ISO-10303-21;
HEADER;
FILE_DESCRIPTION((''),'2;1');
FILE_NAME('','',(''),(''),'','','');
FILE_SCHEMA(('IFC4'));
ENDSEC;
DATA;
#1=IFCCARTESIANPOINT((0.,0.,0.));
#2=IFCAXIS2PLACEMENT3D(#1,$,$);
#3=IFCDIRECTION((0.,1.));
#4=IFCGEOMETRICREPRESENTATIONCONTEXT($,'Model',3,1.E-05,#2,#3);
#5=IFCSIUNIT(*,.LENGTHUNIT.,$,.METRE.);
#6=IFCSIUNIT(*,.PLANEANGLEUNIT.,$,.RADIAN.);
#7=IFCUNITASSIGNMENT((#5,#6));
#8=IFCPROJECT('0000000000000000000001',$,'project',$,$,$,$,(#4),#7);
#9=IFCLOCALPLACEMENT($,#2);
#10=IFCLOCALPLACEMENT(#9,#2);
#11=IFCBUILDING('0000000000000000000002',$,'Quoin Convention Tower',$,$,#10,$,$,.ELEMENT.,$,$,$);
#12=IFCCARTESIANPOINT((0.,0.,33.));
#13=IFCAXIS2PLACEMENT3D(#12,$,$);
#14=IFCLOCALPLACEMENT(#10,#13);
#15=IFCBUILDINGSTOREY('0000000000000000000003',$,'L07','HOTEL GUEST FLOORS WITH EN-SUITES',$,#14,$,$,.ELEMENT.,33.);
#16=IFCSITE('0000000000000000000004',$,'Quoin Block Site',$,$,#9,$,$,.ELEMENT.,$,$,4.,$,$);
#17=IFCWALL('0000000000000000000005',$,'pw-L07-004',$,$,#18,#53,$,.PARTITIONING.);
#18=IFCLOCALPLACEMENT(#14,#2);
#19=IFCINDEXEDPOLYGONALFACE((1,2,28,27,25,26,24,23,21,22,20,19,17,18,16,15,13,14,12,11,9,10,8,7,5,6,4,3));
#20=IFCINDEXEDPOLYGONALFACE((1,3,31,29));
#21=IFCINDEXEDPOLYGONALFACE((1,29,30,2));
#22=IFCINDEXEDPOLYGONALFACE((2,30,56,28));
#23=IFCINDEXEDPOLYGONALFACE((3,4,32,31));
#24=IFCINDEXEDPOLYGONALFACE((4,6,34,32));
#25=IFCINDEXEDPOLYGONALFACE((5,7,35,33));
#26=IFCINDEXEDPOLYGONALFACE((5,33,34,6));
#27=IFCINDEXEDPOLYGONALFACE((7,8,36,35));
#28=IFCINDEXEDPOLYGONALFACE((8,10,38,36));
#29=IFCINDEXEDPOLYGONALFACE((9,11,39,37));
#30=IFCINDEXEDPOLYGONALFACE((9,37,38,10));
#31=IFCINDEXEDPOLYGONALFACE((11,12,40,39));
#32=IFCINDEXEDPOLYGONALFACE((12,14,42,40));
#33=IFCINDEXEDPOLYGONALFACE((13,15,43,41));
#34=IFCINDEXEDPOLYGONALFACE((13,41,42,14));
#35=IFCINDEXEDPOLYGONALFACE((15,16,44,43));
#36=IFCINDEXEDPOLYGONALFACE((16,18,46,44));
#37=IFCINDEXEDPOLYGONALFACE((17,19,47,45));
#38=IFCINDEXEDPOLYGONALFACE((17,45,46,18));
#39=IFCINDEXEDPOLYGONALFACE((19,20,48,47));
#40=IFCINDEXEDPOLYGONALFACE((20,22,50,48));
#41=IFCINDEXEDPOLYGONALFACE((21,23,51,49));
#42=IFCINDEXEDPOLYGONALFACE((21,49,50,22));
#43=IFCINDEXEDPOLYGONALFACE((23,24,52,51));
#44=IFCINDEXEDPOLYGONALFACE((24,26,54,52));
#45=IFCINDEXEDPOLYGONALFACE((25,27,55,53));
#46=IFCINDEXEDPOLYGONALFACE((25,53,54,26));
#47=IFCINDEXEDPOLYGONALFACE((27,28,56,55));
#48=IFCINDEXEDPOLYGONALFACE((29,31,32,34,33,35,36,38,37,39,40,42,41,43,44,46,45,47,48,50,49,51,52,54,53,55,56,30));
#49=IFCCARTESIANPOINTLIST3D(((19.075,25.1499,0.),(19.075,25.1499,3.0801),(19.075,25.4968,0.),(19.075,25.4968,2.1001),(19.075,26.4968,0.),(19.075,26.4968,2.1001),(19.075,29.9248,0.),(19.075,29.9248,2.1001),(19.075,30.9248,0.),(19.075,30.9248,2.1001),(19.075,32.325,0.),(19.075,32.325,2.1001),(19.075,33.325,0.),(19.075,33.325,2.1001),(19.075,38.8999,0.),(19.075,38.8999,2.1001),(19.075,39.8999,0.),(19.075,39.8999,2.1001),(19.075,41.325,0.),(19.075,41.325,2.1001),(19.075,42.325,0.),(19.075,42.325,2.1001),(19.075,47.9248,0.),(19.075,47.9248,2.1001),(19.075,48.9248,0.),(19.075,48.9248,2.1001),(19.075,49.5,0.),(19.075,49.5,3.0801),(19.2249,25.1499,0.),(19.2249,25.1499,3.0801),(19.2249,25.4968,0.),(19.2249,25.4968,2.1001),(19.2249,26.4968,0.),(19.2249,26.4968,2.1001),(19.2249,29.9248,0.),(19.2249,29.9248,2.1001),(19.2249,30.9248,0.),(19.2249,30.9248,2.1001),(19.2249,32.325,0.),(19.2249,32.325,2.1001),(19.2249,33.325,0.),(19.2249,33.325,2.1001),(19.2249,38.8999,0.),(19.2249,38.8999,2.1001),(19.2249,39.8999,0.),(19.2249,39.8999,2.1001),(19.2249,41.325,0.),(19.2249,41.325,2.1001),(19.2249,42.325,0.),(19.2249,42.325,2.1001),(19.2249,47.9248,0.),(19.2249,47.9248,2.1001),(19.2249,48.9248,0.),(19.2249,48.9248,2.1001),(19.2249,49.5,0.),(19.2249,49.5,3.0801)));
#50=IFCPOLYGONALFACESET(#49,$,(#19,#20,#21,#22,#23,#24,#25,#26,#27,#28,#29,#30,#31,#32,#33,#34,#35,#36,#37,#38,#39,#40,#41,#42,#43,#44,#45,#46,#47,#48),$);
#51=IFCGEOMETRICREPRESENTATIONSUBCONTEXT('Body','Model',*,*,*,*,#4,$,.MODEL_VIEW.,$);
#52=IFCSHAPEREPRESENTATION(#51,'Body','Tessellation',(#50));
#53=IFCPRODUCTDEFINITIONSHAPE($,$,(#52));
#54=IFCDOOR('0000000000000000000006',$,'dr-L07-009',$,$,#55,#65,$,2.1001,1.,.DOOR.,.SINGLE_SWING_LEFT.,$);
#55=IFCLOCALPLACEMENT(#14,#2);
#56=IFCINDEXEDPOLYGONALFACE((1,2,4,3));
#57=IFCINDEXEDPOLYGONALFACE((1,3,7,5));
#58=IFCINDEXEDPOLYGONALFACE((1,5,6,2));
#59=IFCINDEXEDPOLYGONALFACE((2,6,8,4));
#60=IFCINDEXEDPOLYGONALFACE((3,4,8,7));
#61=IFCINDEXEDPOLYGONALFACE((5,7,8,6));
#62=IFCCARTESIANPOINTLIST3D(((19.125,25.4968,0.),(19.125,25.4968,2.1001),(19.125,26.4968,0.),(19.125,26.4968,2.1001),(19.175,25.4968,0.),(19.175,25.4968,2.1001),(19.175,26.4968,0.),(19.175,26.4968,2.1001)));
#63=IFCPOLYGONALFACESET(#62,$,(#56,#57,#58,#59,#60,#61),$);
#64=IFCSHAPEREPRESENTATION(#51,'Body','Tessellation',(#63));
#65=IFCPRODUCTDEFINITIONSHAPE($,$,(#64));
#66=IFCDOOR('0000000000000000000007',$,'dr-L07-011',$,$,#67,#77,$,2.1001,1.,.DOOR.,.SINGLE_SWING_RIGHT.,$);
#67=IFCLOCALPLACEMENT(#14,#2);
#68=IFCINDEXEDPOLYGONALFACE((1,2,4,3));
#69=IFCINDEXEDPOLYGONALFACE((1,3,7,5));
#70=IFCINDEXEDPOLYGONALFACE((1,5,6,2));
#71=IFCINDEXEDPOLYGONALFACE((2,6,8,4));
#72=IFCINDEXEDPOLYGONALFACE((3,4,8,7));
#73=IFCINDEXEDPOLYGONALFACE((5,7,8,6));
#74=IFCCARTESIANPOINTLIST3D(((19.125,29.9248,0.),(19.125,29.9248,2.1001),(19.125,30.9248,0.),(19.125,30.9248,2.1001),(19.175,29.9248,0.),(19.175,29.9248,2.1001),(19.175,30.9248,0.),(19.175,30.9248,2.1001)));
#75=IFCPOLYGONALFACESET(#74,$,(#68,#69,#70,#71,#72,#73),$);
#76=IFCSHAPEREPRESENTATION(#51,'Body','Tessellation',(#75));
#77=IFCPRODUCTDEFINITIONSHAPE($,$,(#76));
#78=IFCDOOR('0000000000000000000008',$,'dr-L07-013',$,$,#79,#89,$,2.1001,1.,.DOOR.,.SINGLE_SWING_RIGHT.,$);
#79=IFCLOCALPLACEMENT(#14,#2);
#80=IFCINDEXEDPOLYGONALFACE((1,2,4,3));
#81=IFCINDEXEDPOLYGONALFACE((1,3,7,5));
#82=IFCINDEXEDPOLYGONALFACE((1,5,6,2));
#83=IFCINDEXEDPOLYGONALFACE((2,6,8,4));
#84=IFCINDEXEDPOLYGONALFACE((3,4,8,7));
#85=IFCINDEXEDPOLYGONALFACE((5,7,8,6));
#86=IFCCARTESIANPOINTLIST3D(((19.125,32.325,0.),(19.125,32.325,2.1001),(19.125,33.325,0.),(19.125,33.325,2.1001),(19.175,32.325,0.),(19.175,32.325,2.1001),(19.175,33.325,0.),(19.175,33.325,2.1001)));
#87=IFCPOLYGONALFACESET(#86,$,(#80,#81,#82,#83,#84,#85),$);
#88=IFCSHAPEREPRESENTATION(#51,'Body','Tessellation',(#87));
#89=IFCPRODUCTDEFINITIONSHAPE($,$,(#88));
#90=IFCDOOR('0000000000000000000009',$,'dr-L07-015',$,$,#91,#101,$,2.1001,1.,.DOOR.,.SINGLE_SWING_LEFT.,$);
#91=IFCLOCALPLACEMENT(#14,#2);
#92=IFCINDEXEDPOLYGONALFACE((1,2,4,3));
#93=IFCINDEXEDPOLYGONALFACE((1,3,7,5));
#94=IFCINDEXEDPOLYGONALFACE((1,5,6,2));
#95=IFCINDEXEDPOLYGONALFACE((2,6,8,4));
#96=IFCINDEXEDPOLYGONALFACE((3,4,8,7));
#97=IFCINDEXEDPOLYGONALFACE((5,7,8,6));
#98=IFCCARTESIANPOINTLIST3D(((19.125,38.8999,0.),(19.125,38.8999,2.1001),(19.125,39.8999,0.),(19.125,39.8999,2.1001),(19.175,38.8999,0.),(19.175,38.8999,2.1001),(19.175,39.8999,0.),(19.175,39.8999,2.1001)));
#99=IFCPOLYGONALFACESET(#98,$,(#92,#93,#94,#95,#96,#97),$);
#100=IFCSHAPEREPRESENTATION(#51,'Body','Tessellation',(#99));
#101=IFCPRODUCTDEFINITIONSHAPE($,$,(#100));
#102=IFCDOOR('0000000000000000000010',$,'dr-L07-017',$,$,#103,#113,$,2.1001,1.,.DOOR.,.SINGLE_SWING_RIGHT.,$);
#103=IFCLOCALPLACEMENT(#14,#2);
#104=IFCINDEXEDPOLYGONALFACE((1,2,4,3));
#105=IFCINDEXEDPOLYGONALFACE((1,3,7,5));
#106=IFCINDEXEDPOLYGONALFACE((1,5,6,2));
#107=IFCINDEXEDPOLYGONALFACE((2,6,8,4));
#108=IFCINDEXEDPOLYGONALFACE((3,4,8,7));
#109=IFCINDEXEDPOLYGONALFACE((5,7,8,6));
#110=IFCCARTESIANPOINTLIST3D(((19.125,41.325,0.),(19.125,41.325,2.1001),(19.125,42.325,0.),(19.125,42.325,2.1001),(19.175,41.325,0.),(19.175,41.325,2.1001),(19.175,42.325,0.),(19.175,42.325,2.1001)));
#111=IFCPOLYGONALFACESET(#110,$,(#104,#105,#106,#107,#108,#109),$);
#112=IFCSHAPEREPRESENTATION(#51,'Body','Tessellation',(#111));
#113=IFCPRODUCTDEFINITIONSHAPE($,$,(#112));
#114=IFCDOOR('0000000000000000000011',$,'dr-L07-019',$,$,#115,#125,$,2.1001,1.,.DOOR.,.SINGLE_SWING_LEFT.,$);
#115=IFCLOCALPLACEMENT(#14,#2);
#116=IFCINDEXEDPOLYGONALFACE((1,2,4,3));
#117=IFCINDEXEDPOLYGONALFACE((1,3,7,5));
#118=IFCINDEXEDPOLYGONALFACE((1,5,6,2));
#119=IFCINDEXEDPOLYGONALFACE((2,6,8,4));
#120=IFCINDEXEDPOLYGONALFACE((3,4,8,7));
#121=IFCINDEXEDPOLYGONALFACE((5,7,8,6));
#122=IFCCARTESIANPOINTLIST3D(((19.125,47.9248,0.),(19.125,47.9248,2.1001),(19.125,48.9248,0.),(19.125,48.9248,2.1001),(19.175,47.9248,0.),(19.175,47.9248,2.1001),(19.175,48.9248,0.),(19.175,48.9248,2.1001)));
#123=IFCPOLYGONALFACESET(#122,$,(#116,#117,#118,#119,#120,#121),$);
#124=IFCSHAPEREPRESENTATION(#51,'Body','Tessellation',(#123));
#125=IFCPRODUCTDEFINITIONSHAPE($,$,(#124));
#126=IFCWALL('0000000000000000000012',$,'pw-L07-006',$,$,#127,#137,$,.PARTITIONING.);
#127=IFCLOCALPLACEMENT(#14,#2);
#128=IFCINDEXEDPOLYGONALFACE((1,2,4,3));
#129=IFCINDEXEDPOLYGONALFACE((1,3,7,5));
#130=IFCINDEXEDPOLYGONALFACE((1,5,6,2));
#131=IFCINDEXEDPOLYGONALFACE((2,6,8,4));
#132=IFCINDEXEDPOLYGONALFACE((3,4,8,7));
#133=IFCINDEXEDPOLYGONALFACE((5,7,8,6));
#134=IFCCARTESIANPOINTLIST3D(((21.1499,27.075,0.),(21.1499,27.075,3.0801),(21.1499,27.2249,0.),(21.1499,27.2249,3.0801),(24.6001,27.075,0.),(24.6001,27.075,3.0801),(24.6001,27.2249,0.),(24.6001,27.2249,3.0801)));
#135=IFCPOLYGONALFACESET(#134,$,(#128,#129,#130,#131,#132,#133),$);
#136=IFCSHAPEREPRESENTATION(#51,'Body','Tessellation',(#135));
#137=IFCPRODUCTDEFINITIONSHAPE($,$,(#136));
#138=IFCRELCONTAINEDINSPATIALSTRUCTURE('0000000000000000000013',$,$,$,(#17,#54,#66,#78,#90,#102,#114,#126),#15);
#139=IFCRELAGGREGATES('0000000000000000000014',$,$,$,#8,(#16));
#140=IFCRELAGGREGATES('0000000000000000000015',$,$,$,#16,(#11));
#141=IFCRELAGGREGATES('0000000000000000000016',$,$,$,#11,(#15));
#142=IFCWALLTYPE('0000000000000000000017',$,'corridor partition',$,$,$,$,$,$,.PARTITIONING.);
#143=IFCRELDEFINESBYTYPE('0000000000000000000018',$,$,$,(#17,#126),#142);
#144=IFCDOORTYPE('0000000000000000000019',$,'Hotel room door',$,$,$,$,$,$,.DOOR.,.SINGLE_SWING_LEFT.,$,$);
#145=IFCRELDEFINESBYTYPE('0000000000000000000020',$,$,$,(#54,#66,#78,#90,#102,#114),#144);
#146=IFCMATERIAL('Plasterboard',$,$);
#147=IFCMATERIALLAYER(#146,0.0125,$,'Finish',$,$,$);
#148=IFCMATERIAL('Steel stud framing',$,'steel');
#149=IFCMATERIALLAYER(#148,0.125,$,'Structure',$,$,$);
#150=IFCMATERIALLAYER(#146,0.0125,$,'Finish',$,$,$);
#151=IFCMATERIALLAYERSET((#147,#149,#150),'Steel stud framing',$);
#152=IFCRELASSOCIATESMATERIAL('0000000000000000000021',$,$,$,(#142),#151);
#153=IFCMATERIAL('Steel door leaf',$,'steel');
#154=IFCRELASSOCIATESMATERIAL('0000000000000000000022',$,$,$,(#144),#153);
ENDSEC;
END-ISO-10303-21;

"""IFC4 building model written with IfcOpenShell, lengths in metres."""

from ifc_helpers import new_model, si_unit, direction, frame, frame_2d, origin, place, context, subcontext, project, spatial, rectangle, extrude, material, layer, layer_set, type_object, element, fill, save


model = new_model("IFC4")

# Units and contexts
model_context = context("Model", 3, precision=1e-05, world=origin(), true_north=direction((0.0, 1.0)))
body_context = subcontext(model_context, "Body", "Model", "MODEL_VIEW")
ifc_project = project(units=[si_unit("LENGTHUNIT", "METRE"), si_unit("PLANEANGLEUNIT", "RADIAN")], contexts=[model_context])

# Site, building, storey
site_placement = place(None, origin())
site = spatial("IfcSite", under=ifc_project, at=site_placement, Name="Quoin Block Site", CompositionType="ELEMENT", RefElevation=4.0)
building_placement = place(site_placement, origin())
building = spatial("IfcBuilding", under=site, at=building_placement, Name="Quoin Convention Tower", CompositionType="ELEMENT")
storey_placement = place(building_placement, frame((0.0, 0.0, 33.0)))
storey = spatial("IfcBuildingStorey", under=building, at=storey_placement, Name="L07", Description="HOTEL GUEST FLOORS WITH EN-SUITES", CompositionType="ELEMENT", Elevation=33.0)

# Shared definitions
ifc_material_1 = material(Name="Steel door leaf", Category="steel")

# Wall, openings, doors
ifc_material_2 = material(Name="Plasterboard")
ifc_layer_1 = layer(ifc_material_2, 0.0125, Name="Finish")
ifc_material_3 = material(Name="Steel stud framing", Category="steel")
ifc_layer_2 = layer(ifc_material_3, 0.125, Name="Structure")
ifc_layer_3 = layer(ifc_material_2, 0.0125, Name="Finish")
ifc_layer_set_1 = layer_set([ifc_layer_1, ifc_layer_2, ifc_layer_3], Name="Steel stud framing")
wall_type_1 = type_object("IfcWallType", Name="corridor partition", PredefinedType="PARTITIONING", material=ifc_layer_set_1)
door_type_1 = type_object("IfcDoorType", Name="Hotel room door", OperationType="SINGLE_SWING_LEFT", PredefinedType="DOOR", material=ifc_material_1)
wall_1_placement = place(storey_placement, frame((19.1499, 25.1499, 0.0), z_axis=(0.0, 0.0, 1.0), x_axis=(0.0, 1.0, 0.0)))
wall_1 = element("IfcWall", 1, at=wall_1_placement, inside=storey, type_object=wall_type_1, Name="pw-L07-004", PredefinedType="PARTITIONING", context=body_context, shape_type="SweptSolid", body=[
    extrude(rectangle(XDim=24.3501, YDim=0.1499, at=frame_2d((12.175, 0.0))), origin(), (0.0, 0.0, 1.0), 3.0801),
])
opening_1_placement = place(wall_1_placement, frame((0.3469, 0.0, 0.0)))
opening_1 = element("IfcOpeningElement", 2, at=opening_1_placement, cuts=wall_1, PredefinedType="OPENING", context=body_context, shape_type="SweptSolid", body=[
    extrude(rectangle(XDim=1.0, YDim=2.1001, at=frame_2d((0.5, 1.05))), frame((0.0, 0.085, 0.0), z_axis=(0.0, -1.0, 0.0), x_axis=(1.0, 0.0, 0.0)), (0.0, 0.0, 1.0), 0.1699),
])
opening_2_placement = place(wall_1_placement, frame((4.7749, 0.0, 0.0)))
opening_2 = element("IfcOpeningElement", 3, at=opening_2_placement, cuts=wall_1, PredefinedType="OPENING", context=body_context, shape_type="SweptSolid", body=[
    extrude(rectangle(XDim=1.0, YDim=2.1001, at=frame_2d((0.5, 1.05))), frame((0.0, 0.085, 0.0), z_axis=(0.0, -1.0, 0.0), x_axis=(1.0, 0.0, 0.0)), (0.0, 0.0, 1.0), 0.1699),
])
opening_3_placement = place(wall_1_placement, frame((7.175, 0.0, 0.0)))
opening_3 = element("IfcOpeningElement", 4, at=opening_3_placement, cuts=wall_1, PredefinedType="OPENING", context=body_context, shape_type="SweptSolid", body=[
    extrude(rectangle(XDim=1.0, YDim=2.1001, at=frame_2d((0.5, 1.05))), frame((0.0, 0.085, 0.0), z_axis=(0.0, -1.0, 0.0), x_axis=(1.0, 0.0, 0.0)), (0.0, 0.0, 1.0), 0.1699),
])
opening_4_placement = place(wall_1_placement, frame((13.75, 0.0, 0.0)))
opening_4 = element("IfcOpeningElement", 5, at=opening_4_placement, cuts=wall_1, PredefinedType="OPENING", context=body_context, shape_type="SweptSolid", body=[
    extrude(rectangle(XDim=1.0, YDim=2.1001, at=frame_2d((0.5, 1.05))), frame((0.0, 0.085, 0.0), z_axis=(0.0, -1.0, 0.0), x_axis=(1.0, 0.0, 0.0)), (0.0, 0.0, 1.0), 0.1699),
])
opening_5_placement = place(wall_1_placement, frame((16.175, 0.0, 0.0)))
opening_5 = element("IfcOpeningElement", 6, at=opening_5_placement, cuts=wall_1, PredefinedType="OPENING", context=body_context, shape_type="SweptSolid", body=[
    extrude(rectangle(XDim=1.0, YDim=2.1001, at=frame_2d((0.5, 1.05))), frame((0.0, 0.085, 0.0), z_axis=(0.0, -1.0, 0.0), x_axis=(1.0, 0.0, 0.0)), (0.0, 0.0, 1.0), 0.1699),
])
opening_6_placement = place(wall_1_placement, frame((22.7749, 0.0, 0.0)))
opening_6 = element("IfcOpeningElement", 7, at=opening_6_placement, cuts=wall_1, PredefinedType="OPENING", context=body_context, shape_type="SweptSolid", body=[
    extrude(rectangle(XDim=1.0, YDim=2.1001, at=frame_2d((0.5, 1.05))), frame((0.0, 0.085, 0.0), z_axis=(0.0, -1.0, 0.0), x_axis=(1.0, 0.0, 0.0)), (0.0, 0.0, 1.0), 0.1699),
])
door_1_placement = place(opening_1_placement, origin())
door_1 = element("IfcDoor", 8, at=door_1_placement, inside=storey, type_object=door_type_1, Name="dr-L07-009", OperationType="SINGLE_SWING_LEFT", OverallHeight=2.1001, OverallWidth=1.0, PredefinedType="DOOR", context=body_context, shape_type="SweptSolid", body=[
    extrude(rectangle(XDim=1.0, YDim=2.1001, at=frame_2d((0.5, 1.05))), frame((0.0, 0.0249, 0.0), z_axis=(0.0, -1.0, 0.0), x_axis=(1.0, 0.0, 0.0)), (0.0, 0.0, 1.0), 0.05),
])
fill(opening_1, door_1)
door_2_placement = place(opening_2_placement, origin())
door_2 = element("IfcDoor", 9, at=door_2_placement, inside=storey, type_object=door_type_1, Name="dr-L07-011", OperationType="SINGLE_SWING_RIGHT", OverallHeight=2.1001, OverallWidth=1.0, PredefinedType="DOOR", context=body_context, shape_type="SweptSolid", body=[
    extrude(rectangle(XDim=1.0, YDim=2.1001, at=frame_2d((0.5, 1.05))), frame((0.0, 0.0249, 0.0), z_axis=(0.0, -1.0, 0.0), x_axis=(1.0, 0.0, 0.0)), (0.0, 0.0, 1.0), 0.05),
])
fill(opening_2, door_2)
door_3_placement = place(opening_3_placement, origin())
door_3 = element("IfcDoor", 10, at=door_3_placement, inside=storey, type_object=door_type_1, Name="dr-L07-013", OperationType="SINGLE_SWING_RIGHT", OverallHeight=2.1001, OverallWidth=1.0, PredefinedType="DOOR", context=body_context, shape_type="SweptSolid", body=[
    extrude(rectangle(XDim=1.0, YDim=2.1001, at=frame_2d((0.5, 1.05))), frame((0.0, 0.0249, 0.0), z_axis=(0.0, -1.0, 0.0), x_axis=(1.0, 0.0, 0.0)), (0.0, 0.0, 1.0), 0.05),
])
fill(opening_3, door_3)
door_4_placement = place(opening_4_placement, origin())
door_4 = element("IfcDoor", 11, at=door_4_placement, inside=storey, type_object=door_type_1, Name="dr-L07-015", OperationType="SINGLE_SWING_LEFT", OverallHeight=2.1001, OverallWidth=1.0, PredefinedType="DOOR", context=body_context, shape_type="SweptSolid", body=[
    extrude(rectangle(XDim=1.0, YDim=2.1001, at=frame_2d((0.5, 1.05))), frame((0.0, 0.0249, 0.0), z_axis=(0.0, -1.0, 0.0), x_axis=(1.0, 0.0, 0.0)), (0.0, 0.0, 1.0), 0.05),
])
fill(opening_4, door_4)
door_5_placement = place(opening_5_placement, origin())
door_5 = element("IfcDoor", 12, at=door_5_placement, inside=storey, type_object=door_type_1, Name="dr-L07-017", OperationType="SINGLE_SWING_RIGHT", OverallHeight=2.1001, OverallWidth=1.0, PredefinedType="DOOR", context=body_context, shape_type="SweptSolid", body=[
    extrude(rectangle(XDim=1.0, YDim=2.1001, at=frame_2d((0.5, 1.05))), frame((0.0, 0.0249, 0.0), z_axis=(0.0, -1.0, 0.0), x_axis=(1.0, 0.0, 0.0)), (0.0, 0.0, 1.0), 0.05),
])
fill(opening_5, door_5)
door_6_placement = place(opening_6_placement, origin())
door_6 = element("IfcDoor", 13, at=door_6_placement, inside=storey, type_object=door_type_1, Name="dr-L07-019", OperationType="SINGLE_SWING_LEFT", OverallHeight=2.1001, OverallWidth=1.0, PredefinedType="DOOR", context=body_context, shape_type="SweptSolid", body=[
    extrude(rectangle(XDim=1.0, YDim=2.1001, at=frame_2d((0.5, 1.05))), frame((0.0, 0.0249, 0.0), z_axis=(0.0, -1.0, 0.0), x_axis=(1.0, 0.0, 0.0)), (0.0, 0.0, 1.0), 0.05),
])
fill(opening_6, door_6)

# Wall
wall_2_placement = place(storey_placement, frame((21.1499, 27.1499, 0.0), z_axis=(0.0, 0.0, 1.0), x_axis=(1.0, 0.0, 0.0)))
element("IfcWall", 14, at=wall_2_placement, inside=storey, type_object=wall_type_1, Name="pw-L07-006", PredefinedType="PARTITIONING", context=body_context, shape_type="SweptSolid", body=[
    extrude(rectangle(XDim=3.4502, YDim=0.1499, at=frame_2d((1.7251, 0.0))), origin(), (0.0, 0.0, 1.0), 3.0801),
])

save(model, "model.ifc")
